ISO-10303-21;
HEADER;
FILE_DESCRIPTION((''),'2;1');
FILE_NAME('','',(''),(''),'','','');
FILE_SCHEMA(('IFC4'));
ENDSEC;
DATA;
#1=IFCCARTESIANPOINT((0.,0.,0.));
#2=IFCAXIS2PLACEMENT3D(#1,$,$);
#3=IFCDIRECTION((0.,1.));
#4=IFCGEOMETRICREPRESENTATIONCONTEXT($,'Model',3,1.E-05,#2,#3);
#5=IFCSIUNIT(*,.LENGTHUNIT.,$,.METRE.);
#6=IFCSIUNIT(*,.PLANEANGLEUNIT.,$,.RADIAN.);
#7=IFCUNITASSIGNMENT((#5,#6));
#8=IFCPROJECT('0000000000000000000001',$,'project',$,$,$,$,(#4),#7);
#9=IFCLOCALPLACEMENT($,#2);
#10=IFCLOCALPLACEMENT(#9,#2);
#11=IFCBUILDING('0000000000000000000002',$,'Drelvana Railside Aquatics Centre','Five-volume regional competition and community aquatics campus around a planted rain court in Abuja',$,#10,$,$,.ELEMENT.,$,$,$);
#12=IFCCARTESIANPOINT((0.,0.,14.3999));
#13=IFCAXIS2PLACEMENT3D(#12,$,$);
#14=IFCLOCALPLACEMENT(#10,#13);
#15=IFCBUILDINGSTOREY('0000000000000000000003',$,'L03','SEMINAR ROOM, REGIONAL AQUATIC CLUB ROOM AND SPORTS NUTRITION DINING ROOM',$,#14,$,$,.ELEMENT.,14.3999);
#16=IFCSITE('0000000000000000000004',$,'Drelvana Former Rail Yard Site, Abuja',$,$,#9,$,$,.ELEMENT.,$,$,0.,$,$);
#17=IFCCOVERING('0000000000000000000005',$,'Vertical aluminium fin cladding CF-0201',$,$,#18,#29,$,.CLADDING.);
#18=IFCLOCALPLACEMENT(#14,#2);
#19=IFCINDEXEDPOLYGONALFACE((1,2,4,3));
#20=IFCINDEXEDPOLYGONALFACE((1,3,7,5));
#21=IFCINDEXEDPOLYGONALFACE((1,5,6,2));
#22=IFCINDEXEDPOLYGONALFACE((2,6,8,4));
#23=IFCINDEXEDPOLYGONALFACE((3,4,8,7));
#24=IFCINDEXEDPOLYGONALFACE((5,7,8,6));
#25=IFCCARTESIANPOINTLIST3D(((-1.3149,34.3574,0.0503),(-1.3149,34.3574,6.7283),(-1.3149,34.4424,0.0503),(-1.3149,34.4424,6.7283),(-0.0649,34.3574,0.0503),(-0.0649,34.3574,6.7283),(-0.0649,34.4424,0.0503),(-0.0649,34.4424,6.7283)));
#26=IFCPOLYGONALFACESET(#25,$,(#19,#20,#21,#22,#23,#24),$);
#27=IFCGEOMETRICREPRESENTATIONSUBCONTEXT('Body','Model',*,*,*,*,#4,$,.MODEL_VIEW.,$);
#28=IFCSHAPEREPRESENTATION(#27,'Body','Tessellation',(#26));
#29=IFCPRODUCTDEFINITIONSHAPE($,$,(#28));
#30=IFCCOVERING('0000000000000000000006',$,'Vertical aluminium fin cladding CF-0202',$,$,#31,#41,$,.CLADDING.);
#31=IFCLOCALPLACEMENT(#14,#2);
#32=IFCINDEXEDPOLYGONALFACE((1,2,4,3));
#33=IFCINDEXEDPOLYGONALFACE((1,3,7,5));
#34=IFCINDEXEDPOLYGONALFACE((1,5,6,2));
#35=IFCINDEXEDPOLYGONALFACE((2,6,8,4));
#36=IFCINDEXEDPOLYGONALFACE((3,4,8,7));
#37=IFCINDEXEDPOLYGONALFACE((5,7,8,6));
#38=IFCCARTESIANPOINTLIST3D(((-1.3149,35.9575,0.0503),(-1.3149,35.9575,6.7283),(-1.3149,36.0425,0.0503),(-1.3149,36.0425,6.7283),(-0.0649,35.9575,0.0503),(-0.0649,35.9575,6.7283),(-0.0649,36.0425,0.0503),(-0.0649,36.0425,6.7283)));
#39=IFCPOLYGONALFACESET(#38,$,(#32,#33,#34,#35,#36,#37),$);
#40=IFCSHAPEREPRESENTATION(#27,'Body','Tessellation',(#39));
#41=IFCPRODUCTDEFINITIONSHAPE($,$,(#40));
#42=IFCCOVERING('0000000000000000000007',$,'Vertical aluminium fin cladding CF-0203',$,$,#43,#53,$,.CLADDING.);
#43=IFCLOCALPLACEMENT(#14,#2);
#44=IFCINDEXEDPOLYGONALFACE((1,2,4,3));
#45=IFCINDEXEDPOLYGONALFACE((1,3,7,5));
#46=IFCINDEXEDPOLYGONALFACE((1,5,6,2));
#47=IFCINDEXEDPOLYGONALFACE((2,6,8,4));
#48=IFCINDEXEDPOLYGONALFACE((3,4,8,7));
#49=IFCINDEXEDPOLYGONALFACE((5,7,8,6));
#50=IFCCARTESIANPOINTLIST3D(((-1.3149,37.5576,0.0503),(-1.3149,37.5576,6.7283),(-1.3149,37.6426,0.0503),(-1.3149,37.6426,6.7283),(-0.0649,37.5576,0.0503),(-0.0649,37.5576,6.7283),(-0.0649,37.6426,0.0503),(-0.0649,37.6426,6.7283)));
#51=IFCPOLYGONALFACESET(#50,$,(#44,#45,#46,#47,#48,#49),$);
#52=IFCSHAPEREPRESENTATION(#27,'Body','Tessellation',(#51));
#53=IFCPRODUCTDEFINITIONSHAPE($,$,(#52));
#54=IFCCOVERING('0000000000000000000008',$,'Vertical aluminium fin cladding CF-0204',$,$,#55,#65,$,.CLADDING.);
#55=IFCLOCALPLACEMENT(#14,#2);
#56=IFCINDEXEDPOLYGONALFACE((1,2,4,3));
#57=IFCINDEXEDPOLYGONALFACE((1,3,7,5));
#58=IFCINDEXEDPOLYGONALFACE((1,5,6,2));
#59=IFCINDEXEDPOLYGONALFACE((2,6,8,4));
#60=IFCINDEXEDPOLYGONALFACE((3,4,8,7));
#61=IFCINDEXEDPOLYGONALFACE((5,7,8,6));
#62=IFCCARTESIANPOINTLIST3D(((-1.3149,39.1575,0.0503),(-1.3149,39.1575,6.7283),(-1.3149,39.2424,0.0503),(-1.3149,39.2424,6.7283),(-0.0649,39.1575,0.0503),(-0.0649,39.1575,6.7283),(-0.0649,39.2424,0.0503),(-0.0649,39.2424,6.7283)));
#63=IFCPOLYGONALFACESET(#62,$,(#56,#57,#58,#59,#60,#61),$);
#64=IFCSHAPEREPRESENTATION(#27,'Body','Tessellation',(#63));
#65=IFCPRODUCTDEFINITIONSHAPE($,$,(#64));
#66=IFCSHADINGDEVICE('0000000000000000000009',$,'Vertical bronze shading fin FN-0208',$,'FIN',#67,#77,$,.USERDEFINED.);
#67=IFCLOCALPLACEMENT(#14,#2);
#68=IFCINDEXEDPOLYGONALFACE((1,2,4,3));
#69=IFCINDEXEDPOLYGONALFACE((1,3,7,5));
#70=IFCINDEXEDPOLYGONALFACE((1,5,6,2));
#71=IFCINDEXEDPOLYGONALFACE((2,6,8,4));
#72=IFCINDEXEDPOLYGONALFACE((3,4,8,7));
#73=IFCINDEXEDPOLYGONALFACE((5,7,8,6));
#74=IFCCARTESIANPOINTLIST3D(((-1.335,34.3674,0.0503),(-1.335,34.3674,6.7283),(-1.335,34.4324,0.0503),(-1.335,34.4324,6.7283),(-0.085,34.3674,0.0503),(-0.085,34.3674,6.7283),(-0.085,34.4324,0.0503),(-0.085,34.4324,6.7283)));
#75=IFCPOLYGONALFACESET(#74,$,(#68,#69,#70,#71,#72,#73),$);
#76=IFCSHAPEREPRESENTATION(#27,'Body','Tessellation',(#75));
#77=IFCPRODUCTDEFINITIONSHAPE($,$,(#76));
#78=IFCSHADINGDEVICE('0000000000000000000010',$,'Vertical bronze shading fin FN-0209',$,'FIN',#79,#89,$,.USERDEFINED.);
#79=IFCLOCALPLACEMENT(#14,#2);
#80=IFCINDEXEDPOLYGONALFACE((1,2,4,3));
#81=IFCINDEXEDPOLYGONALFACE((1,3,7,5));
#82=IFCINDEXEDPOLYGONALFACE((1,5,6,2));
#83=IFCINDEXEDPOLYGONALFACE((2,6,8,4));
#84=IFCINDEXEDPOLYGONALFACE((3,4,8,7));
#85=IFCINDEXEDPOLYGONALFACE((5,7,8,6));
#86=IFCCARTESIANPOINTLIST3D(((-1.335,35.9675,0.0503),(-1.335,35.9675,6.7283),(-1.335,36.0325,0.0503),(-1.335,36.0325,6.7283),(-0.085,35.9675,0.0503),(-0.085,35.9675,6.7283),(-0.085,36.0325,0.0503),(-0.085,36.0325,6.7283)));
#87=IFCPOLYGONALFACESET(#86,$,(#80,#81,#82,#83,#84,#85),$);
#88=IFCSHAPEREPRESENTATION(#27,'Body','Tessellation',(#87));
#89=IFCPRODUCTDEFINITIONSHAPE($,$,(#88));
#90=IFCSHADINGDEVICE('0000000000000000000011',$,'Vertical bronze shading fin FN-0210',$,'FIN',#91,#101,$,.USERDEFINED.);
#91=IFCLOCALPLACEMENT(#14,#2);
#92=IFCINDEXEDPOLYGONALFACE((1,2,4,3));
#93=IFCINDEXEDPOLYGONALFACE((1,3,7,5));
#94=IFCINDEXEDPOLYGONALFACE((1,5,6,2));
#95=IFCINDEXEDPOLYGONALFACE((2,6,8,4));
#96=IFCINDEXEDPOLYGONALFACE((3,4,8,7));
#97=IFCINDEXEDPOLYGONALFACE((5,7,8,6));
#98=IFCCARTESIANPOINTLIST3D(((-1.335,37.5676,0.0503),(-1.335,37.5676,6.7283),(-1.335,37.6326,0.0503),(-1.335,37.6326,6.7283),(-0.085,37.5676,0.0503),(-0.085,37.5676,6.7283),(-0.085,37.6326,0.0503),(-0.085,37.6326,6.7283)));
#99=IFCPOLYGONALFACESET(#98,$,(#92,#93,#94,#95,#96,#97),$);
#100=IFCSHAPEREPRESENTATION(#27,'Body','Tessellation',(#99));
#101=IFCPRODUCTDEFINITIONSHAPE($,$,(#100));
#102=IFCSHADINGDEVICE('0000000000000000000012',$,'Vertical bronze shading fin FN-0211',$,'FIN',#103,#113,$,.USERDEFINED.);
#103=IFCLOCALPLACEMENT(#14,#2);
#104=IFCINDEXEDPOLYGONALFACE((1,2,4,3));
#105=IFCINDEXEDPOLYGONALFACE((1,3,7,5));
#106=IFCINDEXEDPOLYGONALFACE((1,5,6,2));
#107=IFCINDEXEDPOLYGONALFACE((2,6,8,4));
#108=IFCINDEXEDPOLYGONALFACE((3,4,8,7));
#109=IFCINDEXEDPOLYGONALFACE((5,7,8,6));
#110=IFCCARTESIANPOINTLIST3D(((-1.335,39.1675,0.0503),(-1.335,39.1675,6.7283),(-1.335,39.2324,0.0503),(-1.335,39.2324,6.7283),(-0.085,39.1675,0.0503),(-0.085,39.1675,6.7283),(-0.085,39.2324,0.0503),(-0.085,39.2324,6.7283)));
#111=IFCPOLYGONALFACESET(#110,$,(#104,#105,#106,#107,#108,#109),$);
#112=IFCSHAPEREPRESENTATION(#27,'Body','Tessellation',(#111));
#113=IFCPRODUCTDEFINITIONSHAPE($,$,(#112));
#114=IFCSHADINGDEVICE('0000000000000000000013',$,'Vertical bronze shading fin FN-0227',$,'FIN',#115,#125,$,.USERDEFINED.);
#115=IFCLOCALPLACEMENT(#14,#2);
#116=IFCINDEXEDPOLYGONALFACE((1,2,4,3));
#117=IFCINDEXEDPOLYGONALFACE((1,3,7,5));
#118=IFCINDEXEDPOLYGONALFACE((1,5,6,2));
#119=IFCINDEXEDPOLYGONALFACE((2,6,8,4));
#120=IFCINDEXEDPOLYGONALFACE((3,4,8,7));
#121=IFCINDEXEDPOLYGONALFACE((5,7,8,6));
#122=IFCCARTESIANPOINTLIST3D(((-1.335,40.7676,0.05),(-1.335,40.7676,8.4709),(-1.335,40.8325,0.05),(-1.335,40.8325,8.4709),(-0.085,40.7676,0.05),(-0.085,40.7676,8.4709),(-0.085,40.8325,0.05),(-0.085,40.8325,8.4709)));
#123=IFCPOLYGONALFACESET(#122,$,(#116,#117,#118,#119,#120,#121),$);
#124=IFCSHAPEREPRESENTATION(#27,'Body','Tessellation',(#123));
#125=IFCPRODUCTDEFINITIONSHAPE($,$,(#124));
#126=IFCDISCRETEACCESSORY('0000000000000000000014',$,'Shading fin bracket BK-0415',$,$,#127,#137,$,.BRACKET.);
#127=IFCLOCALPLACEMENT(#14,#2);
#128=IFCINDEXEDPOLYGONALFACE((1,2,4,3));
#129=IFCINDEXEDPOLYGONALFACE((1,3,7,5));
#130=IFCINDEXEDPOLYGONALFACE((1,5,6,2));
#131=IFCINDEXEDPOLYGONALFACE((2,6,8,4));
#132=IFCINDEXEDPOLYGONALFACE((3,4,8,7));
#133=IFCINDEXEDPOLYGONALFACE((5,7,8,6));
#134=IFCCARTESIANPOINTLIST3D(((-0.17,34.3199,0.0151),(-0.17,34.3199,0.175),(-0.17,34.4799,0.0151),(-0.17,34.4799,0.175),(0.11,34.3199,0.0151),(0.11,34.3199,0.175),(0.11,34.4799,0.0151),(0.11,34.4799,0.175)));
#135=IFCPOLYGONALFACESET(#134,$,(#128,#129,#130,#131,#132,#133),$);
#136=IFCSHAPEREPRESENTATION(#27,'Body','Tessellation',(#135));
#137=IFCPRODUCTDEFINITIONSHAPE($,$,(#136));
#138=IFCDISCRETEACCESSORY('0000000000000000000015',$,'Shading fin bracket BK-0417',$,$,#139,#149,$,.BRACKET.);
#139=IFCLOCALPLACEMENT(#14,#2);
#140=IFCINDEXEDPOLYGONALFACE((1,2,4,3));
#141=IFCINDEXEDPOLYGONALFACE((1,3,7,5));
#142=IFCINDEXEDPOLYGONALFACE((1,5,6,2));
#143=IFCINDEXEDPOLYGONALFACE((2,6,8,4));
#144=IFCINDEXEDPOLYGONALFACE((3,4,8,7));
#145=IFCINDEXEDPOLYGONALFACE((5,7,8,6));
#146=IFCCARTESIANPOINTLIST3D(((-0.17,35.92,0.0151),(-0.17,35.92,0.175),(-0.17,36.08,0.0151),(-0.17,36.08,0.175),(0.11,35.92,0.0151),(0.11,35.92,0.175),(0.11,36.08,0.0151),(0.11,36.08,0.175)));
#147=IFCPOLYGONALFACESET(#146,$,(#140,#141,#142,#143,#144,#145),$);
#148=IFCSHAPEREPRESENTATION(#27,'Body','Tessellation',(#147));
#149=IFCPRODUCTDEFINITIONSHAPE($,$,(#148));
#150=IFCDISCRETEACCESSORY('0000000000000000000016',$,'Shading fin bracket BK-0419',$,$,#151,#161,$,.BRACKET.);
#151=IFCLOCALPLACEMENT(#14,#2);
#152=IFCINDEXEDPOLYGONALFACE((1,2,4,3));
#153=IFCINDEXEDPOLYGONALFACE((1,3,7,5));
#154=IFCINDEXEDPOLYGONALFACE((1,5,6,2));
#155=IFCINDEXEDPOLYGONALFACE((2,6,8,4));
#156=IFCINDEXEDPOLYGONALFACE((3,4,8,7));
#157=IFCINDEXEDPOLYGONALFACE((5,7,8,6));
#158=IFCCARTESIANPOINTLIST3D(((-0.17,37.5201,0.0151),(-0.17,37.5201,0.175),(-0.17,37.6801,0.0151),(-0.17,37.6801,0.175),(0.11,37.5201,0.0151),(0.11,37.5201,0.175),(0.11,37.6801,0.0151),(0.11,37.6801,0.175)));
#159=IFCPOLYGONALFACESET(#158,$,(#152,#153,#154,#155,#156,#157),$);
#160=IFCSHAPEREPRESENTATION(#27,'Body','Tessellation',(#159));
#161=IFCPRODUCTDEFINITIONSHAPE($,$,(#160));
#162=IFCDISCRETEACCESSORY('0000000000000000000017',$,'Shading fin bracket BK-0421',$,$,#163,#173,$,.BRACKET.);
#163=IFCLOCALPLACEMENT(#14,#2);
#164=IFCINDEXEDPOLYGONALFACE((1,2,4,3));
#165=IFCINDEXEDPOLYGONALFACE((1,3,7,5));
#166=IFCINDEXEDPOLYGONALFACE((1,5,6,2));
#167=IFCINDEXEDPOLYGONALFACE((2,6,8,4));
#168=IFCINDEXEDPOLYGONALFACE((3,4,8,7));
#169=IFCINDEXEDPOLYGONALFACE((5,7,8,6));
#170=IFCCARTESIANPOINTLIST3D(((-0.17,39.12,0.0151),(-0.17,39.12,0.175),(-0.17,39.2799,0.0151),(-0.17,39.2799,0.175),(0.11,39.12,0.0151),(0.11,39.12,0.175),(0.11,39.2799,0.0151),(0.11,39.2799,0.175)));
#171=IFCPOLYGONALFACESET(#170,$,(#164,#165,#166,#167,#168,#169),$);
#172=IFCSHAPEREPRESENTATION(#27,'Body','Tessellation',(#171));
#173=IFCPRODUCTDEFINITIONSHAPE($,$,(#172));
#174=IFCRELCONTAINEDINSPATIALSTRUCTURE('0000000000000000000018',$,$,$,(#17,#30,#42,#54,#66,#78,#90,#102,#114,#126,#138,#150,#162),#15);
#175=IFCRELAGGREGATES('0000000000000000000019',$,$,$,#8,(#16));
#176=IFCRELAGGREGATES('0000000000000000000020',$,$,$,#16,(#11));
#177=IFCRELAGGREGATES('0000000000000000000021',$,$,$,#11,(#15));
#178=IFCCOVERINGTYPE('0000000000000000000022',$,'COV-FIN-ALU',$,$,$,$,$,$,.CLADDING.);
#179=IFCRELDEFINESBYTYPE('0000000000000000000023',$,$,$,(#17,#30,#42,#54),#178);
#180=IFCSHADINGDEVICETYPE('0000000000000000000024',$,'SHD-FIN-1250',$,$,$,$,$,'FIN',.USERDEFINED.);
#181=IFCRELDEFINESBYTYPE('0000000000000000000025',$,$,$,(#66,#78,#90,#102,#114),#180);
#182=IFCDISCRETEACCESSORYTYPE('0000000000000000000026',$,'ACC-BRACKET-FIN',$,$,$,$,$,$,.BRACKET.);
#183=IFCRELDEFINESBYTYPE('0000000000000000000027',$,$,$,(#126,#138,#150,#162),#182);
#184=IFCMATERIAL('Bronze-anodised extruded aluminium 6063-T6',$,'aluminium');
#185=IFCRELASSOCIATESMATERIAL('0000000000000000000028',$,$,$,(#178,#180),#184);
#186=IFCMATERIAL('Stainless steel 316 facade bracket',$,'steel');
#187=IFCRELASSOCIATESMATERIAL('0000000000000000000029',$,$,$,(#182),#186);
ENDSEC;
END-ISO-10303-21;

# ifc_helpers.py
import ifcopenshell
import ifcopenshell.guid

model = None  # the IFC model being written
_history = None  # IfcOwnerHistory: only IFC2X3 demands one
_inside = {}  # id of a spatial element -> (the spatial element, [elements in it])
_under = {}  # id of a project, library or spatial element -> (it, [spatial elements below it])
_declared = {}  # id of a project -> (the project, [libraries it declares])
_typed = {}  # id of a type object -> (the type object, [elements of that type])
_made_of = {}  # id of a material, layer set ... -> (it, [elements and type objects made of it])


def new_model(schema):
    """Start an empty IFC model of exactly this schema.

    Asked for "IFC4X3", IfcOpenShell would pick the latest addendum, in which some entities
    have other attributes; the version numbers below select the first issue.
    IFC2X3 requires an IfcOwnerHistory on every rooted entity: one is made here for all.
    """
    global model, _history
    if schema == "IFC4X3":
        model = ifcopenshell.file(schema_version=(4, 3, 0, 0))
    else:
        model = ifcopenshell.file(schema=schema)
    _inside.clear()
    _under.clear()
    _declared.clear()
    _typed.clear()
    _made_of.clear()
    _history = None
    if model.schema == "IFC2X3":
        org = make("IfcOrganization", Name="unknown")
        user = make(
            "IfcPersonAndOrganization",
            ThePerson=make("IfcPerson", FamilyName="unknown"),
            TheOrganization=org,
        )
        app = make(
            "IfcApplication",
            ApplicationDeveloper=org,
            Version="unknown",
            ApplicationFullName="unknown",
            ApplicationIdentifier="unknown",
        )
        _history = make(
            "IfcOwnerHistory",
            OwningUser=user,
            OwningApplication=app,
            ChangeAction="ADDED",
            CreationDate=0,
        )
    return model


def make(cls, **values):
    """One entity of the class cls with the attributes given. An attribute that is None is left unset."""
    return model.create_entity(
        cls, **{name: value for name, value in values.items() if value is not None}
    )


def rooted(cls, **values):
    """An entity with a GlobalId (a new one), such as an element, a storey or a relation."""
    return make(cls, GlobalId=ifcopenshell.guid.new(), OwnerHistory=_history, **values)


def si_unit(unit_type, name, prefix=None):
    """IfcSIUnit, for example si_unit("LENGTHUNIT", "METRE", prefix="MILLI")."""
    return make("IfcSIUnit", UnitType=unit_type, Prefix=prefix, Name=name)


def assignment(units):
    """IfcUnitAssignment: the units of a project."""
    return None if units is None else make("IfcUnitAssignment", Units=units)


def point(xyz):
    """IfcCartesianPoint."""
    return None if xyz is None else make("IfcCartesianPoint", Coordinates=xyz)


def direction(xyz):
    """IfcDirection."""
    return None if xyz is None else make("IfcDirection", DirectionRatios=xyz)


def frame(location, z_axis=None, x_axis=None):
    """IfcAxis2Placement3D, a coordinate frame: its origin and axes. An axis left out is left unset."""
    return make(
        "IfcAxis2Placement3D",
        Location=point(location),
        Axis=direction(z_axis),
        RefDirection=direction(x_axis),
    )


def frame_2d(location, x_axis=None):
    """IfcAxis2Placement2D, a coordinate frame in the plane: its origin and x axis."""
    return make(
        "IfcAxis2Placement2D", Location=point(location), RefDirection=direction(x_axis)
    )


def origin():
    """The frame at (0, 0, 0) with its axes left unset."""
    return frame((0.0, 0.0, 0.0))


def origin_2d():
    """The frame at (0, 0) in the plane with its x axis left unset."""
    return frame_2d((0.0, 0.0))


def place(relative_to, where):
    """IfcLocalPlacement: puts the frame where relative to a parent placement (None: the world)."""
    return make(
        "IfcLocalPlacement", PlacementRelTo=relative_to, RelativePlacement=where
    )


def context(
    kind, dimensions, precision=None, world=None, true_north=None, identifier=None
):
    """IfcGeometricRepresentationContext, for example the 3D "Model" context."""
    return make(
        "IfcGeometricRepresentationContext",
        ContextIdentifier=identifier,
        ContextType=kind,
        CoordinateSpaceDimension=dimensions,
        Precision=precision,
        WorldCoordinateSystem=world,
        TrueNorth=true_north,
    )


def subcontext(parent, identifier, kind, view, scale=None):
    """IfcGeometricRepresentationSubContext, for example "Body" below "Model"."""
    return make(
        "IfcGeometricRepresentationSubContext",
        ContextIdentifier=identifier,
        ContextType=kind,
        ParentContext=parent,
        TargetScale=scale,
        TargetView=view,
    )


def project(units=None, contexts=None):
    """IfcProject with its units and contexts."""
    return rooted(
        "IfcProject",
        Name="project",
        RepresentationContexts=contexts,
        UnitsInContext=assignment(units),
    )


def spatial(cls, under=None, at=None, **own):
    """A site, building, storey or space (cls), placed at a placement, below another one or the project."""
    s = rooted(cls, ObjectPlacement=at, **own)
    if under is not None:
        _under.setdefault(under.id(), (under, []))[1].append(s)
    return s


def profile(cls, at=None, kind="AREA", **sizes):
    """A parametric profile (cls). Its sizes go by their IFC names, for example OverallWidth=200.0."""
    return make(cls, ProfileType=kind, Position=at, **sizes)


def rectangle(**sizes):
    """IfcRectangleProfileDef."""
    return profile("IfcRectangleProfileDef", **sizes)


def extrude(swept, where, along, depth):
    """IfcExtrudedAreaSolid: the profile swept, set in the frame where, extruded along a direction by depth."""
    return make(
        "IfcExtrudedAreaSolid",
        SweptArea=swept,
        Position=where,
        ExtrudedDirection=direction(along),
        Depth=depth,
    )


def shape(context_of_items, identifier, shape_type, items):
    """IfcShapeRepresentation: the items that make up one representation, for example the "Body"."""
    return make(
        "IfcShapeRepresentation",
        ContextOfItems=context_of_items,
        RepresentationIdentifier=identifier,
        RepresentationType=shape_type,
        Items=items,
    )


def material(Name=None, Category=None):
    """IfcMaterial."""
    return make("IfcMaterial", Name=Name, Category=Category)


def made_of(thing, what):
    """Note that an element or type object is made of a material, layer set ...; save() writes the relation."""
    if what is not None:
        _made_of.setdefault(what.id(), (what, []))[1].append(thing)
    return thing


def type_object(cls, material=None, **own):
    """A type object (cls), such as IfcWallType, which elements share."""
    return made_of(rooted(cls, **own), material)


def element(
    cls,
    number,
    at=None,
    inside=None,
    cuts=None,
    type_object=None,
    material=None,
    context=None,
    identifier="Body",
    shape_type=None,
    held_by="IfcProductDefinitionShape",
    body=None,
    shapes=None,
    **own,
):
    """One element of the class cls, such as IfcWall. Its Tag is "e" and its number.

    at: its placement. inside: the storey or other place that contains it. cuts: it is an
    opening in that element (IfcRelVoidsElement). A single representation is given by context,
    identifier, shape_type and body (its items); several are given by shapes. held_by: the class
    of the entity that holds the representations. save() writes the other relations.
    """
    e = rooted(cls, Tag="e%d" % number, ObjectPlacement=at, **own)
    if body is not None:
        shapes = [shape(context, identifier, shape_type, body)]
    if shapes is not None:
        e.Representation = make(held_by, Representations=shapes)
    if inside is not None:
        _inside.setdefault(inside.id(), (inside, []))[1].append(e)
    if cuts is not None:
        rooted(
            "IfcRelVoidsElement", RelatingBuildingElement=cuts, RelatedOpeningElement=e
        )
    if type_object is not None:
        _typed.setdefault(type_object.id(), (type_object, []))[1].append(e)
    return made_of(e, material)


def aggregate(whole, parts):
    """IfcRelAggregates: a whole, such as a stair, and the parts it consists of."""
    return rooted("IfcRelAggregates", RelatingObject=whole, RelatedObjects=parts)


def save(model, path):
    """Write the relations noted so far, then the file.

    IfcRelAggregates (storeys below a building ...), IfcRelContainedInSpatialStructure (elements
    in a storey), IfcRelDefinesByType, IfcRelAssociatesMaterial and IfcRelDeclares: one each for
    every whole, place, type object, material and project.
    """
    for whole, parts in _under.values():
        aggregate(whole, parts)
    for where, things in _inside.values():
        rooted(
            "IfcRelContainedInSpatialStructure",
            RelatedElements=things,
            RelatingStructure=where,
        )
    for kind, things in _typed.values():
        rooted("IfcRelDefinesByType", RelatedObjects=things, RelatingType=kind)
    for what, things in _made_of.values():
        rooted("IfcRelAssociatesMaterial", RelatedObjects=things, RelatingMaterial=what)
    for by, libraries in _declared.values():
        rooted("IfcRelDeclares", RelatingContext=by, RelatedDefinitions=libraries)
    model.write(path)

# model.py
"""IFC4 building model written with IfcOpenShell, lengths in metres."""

from ifc_helpers import new_model, si_unit, direction, frame, origin, origin_2d, place, context, subcontext, project, spatial, rectangle, extrude, material, type_object, element, save


model = new_model("IFC4")

# Units and contexts
model_context = context("Model", 3, precision=1e-05, world=origin(), true_north=direction((0.0, 1.0)))
body_context = subcontext(model_context, "Body", "Model", "MODEL_VIEW")
ifc_project = project(units=[si_unit("LENGTHUNIT", "METRE"), si_unit("PLANEANGLEUNIT", "RADIAN")], contexts=[model_context])

# Site, building, storey
site_placement = place(None, origin())
site = spatial("IfcSite", under=ifc_project, at=site_placement, Name="Drelvana Former Rail Yard Site, Abuja", CompositionType="ELEMENT", RefElevation=0.0)
building_placement = place(site_placement, origin())
building = spatial("IfcBuilding", under=site, at=building_placement, Name="Drelvana Railside Aquatics Centre", Description="Five-volume regional competition and community aquatics campus around a planted rain court in Abuja", CompositionType="ELEMENT")
storey_placement = place(building_placement, frame((0.0, 0.0, 14.3999)))
storey = spatial("IfcBuildingStorey", under=building, at=storey_placement, Name="L03", Description="SEMINAR ROOM, REGIONAL AQUATIC CLUB ROOM AND SPORTS NUTRITION DINING ROOM", CompositionType="ELEMENT", Elevation=14.3999)

# Coverings
ifc_material_1 = material(Name="Bronze-anodised extruded aluminium 6063-T6", Category="aluminium")
covering_type = type_object("IfcCoveringType", Name="COV-FIN-ALU", PredefinedType="CLADDING", material=ifc_material_1)
for number, where, z_axis, x_axis, name in (
    (1, (-0.6899, 34.3999, 0.0503), (0.0, 0.0, 1.0), (0.0, 1.0, 0.0), "Vertical aluminium fin cladding CF-0201"),
    (2, (-0.6899, 36.0, 0.0503), (0.0, 0.0, 1.0), (0.0, 1.0, 0.0), "Vertical aluminium fin cladding CF-0202"),
    (3, (-0.6899, 37.6001, 0.0503), (0.0, 0.0, 1.0), (0.0, 1.0, 0.0), "Vertical aluminium fin cladding CF-0203"),
    (4, (-0.6899, 39.2, 0.0503), (0.0, 0.0, 1.0), (0.0, 1.0, 0.0), "Vertical aluminium fin cladding CF-0204"),
):
    element("IfcCovering", number, at=place(storey_placement, frame(where, z_axis=z_axis, x_axis=x_axis)), inside=storey, type_object=covering_type, Name=name, PredefinedType="CLADDING", context=body_context, shape_type="SweptSolid", body=[
        extrude(rectangle(XDim=0.085, YDim=1.25, at=origin_2d()), origin(), (0.0, 0.0, 1.0), 6.678),
    ])

# Shading devices
shading_device_type = type_object("IfcShadingDeviceType", Name="SHD-FIN-1250", ElementType="FIN", PredefinedType="USERDEFINED", material=ifc_material_1)
for number, where, z_axis, x_axis, name in (
    (5, (-0.71, 34.3999, 0.0503), (0.0, 0.0, 1.0), (-1.0, 0.0, 0.0), "Vertical bronze shading fin FN-0208"),
    (6, (-0.71, 36.0, 0.0503), (0.0, 0.0, 1.0), (-1.0, 0.0, 0.0), "Vertical bronze shading fin FN-0209"),
    (7, (-0.71, 37.6001, 0.0503), (0.0, 0.0, 1.0), (-1.0, 0.0, 0.0), "Vertical bronze shading fin FN-0210"),
    (8, (-0.71, 39.2, 0.0503), (0.0, 0.0, 1.0), (-1.0, 0.0, 0.0), "Vertical bronze shading fin FN-0211"),
):
    element("IfcShadingDevice", number, at=place(storey_placement, frame(where, z_axis=z_axis, x_axis=x_axis)), inside=storey, type_object=shading_device_type, Name=name, ObjectType="FIN", PredefinedType="USERDEFINED", context=body_context, shape_type="SweptSolid", body=[
        extrude(rectangle(XDim=1.25, YDim=0.0649, at=origin_2d()), origin(), (0.0, 0.0, 1.0), 6.678),
    ])
shading_device_placement = place(storey_placement, frame((-0.71, 40.8, 0.05), z_axis=(0.0, 0.0, 1.0), x_axis=(-1.0, 0.0, 0.0)))
element("IfcShadingDevice", 9, at=shading_device_placement, inside=storey, type_object=shading_device_type, Name="Vertical bronze shading fin FN-0227", ObjectType="FIN", PredefinedType="USERDEFINED", context=body_context, shape_type="SweptSolid", body=[
    extrude(rectangle(XDim=1.25, YDim=0.0649, at=origin_2d()), origin(), (0.0, 0.0, 1.0), 8.4209),
])

# Discrete accessories
ifc_material_2 = material(Name="Stainless steel 316 facade bracket", Category="steel")
discrete_accessory_type = type_object("IfcDiscreteAccessoryType", Name="ACC-BRACKET-FIN", PredefinedType="BRACKET", material=ifc_material_2)
for number, where, z_axis, x_axis, name in (
    (10, (-0.03, 34.3999, 0.0151), (0.0, 0.0, 1.0), (-1.0, 0.0, 0.0), "Shading fin bracket BK-0415"),
    (11, (-0.03, 36.0, 0.0151), (0.0, 0.0, 1.0), (-1.0, 0.0, 0.0), "Shading fin bracket BK-0417"),
    (12, (-0.03, 37.6001, 0.0151), (0.0, 0.0, 1.0), (-1.0, 0.0, 0.0), "Shading fin bracket BK-0419"),
    (13, (-0.03, 39.2, 0.0151), (0.0, 0.0, 1.0), (-1.0, 0.0, 0.0), "Shading fin bracket BK-0421"),
):
    element("IfcDiscreteAccessory", number, at=place(storey_placement, frame(where, z_axis=z_axis, x_axis=x_axis)), inside=storey, type_object=discrete_accessory_type, Name=name, PredefinedType="BRACKET", context=body_context, shape_type="SweptSolid", body=[
        extrude(rectangle(XDim=0.28, YDim=0.1599, at=origin_2d()), origin(), (0.0, 0.0, 1.0), 0.1599),
    ])

save(model, "model.ifc")
